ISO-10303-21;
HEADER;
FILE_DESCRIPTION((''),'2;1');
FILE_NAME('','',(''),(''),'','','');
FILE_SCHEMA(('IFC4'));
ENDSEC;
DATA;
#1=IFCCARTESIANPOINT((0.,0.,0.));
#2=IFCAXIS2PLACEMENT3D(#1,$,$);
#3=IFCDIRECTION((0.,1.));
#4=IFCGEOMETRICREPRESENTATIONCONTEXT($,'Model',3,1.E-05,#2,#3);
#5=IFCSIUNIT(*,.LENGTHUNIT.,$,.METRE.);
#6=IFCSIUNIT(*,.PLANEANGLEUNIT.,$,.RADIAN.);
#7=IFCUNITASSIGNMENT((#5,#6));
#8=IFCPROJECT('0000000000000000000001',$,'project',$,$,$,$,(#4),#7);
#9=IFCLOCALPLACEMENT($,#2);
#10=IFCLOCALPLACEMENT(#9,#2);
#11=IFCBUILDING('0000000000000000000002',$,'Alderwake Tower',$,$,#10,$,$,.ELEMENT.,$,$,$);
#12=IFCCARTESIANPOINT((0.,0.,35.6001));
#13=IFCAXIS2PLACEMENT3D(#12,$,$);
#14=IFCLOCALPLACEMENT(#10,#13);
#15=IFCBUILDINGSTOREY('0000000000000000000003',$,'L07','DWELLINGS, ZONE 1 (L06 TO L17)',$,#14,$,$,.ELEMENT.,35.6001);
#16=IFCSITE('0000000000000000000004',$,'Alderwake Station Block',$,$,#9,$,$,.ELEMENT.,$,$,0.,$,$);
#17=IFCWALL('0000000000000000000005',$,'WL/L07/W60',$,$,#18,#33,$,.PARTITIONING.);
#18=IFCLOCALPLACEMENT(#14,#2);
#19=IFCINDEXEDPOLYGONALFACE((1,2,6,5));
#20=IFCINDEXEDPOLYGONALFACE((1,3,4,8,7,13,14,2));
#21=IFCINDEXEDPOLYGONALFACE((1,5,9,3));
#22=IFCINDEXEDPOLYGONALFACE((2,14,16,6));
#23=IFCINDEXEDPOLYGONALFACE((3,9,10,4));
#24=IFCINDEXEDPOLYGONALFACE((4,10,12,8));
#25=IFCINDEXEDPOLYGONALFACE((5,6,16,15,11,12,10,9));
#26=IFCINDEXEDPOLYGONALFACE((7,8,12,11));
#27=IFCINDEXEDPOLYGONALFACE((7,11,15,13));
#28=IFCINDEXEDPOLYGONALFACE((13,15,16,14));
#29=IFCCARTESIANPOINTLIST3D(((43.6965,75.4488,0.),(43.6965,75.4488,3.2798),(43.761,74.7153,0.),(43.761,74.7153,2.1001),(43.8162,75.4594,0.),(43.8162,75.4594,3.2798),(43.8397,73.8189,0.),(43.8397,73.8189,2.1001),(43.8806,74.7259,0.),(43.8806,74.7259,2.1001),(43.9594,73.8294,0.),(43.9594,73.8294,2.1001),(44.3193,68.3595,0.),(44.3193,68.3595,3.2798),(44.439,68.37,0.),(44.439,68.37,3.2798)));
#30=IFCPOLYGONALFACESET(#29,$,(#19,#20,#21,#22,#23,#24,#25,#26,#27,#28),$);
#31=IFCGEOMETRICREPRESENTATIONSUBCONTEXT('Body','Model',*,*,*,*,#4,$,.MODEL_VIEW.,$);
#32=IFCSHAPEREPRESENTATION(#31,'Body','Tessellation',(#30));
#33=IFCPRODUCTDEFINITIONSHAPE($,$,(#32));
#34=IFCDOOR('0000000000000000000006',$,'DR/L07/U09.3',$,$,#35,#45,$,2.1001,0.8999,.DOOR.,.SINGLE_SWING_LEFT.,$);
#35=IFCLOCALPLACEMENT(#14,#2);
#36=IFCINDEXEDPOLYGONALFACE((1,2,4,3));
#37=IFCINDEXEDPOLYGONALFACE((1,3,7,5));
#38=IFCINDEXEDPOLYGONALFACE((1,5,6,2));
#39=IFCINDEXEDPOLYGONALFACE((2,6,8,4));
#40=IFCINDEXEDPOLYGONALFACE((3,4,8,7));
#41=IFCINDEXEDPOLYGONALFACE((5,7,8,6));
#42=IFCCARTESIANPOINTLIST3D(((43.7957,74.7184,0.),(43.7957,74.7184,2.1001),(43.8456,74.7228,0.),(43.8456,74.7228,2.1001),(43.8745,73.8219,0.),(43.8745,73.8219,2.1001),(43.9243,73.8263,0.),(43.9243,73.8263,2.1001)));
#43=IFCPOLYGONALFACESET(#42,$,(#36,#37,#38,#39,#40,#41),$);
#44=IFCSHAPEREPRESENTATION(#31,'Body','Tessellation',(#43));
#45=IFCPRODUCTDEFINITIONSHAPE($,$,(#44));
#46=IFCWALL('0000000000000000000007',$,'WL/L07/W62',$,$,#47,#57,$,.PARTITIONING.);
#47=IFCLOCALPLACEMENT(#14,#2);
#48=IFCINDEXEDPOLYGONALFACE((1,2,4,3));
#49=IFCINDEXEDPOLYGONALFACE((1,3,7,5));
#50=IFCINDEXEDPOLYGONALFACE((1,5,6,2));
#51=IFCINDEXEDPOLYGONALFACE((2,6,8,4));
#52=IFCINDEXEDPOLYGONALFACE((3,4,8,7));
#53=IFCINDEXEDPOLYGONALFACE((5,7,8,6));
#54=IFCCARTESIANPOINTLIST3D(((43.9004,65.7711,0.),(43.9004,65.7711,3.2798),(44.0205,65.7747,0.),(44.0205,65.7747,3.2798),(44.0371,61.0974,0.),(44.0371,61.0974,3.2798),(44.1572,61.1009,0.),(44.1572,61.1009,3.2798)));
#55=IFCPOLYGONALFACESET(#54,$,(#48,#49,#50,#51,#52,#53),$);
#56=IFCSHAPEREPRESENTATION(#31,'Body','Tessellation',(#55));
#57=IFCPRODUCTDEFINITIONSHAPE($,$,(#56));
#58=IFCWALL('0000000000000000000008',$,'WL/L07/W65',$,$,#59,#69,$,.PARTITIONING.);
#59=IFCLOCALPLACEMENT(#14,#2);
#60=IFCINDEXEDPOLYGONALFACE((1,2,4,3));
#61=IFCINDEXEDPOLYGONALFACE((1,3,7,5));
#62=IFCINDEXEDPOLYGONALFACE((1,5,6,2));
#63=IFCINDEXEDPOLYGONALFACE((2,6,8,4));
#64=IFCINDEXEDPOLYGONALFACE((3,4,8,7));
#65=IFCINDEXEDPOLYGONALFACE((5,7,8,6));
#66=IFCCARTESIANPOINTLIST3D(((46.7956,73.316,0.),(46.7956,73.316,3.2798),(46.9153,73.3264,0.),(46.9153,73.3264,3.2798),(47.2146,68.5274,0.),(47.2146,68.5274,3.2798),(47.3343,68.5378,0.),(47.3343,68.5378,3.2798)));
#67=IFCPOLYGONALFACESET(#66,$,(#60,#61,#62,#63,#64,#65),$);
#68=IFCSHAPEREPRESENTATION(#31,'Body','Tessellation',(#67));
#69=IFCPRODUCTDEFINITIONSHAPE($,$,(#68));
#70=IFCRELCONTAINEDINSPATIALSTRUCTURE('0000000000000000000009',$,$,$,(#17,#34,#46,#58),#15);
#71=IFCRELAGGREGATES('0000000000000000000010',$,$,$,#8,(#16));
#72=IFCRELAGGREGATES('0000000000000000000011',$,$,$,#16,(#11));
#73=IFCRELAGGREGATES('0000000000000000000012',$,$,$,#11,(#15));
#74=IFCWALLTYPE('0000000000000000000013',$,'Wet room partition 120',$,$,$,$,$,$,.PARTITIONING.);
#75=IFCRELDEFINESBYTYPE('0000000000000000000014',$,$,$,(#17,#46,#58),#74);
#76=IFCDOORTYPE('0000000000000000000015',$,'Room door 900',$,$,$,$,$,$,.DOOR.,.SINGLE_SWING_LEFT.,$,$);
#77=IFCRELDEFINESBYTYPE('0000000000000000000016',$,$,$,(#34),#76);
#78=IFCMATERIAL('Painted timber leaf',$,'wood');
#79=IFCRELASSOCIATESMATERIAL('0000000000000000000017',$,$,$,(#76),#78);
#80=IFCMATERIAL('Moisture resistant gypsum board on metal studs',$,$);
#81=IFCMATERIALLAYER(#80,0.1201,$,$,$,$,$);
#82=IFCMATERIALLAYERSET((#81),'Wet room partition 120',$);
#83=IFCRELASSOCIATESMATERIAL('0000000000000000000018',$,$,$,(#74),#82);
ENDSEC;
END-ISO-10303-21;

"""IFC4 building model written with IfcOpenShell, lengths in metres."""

from ifc_helpers import new_model, si_unit, direction, frame, frame_2d, origin, place, context, subcontext, project, spatial, rectangle, extrude, material, layer, layer_set, type_object, element, fill, save


model = new_model("IFC4")

# Units and contexts
model_context = context("Model", 3, precision=1e-05, world=origin(), true_north=direction((0.0, 1.0)))
body_context = subcontext(model_context, "Body", "Model", "MODEL_VIEW")
ifc_project = project(units=[si_unit("LENGTHUNIT", "METRE"), si_unit("PLANEANGLEUNIT", "RADIAN")], contexts=[model_context])

# Site, building, storey
site_placement = place(None, origin())
site = spatial("IfcSite", under=ifc_project, at=site_placement, Name="Alderwake Station Block", CompositionType="ELEMENT", RefElevation=0.0)
building_placement = place(site_placement, origin())
building = spatial("IfcBuilding", under=site, at=building_placement, Name="Alderwake Tower", CompositionType="ELEMENT")
storey_placement = place(building_placement, frame((0.0, 0.0, 35.6001)))
storey = spatial("IfcBuildingStorey", under=building, at=storey_placement, Name="L07", Description="DWELLINGS, ZONE 1 (L06 TO L17)", CompositionType="ELEMENT", Elevation=35.6001)

# Shared definitions
ifc_material_1 = material(Name="Painted timber leaf", Category="wood")
door_type_1 = type_object("IfcDoorType", Name="Room door 900", OperationType="SINGLE_SWING_LEFT", PredefinedType="DOOR", material=ifc_material_1)

# Shared definitions
ifc_material_2 = material(Name="Moisture resistant gypsum board on metal studs")
ifc_layer_1 = layer(ifc_material_2, 0.1201)
ifc_layer_set_1 = layer_set([ifc_layer_1], Name="Wet room partition 120")
wall_type_1 = type_object("IfcWallType", Name="Wet room partition 120", PredefinedType="PARTITIONING", material=ifc_layer_set_1)

# Wall, opening, door
wall_1_placement = place(storey_placement, frame((43.7563, 75.4541, 0.0), z_axis=(0.0, 0.0, 1.0), x_axis=(0.087513, -0.996163, 0.0)))
wall_1 = element("IfcWall", 1, at=wall_1_placement, inside=storey, type_object=wall_type_1, Name="WL/L07/W60", PredefinedType="PARTITIONING", context=body_context, shape_type="SweptSolid", body=[
    extrude(rectangle(XDim=7.1167, YDim=0.1201, at=frame_2d((3.5583, 0.0))), origin(), (0.0, 0.0, 1.0), 3.2798),
])
opening_1_placement = place(wall_1_placement, frame((0.7363, 0.0, 0.0)))
opening_1 = element("IfcOpeningElement", 2, at=opening_1_placement, cuts=wall_1, PredefinedType="OPENING", context=body_context, shape_type="SweptSolid", body=[
    extrude(rectangle(XDim=0.8999, YDim=2.1001, at=frame_2d((0.45, 1.05))), frame((0.0, 0.0701, 0.0), z_axis=(0.0, -1.0, 0.0), x_axis=(1.0, 0.0, 0.0)), (0.0, 0.0, 1.0), 0.1401),
])
door_1_placement = place(opening_1_placement, origin())
door_1 = element("IfcDoor", 3, at=door_1_placement, inside=storey, type_object=door_type_1, Name="DR/L07/U09.3", OperationType="SINGLE_SWING_LEFT", OverallHeight=2.1001, OverallWidth=0.8999, PredefinedType="DOOR", context=body_context, shape_type="SweptSolid", body=[
    extrude(rectangle(XDim=0.8999, YDim=2.1001, at=frame_2d((0.45, 1.05))), frame((0.0, 0.0249, 0.0), z_axis=(0.0, -1.0, 0.0), x_axis=(1.0, 0.0, 0.0)), (0.0, 0.0, 1.0), 0.05),
])
fill(opening_1, door_1)

# Walls
wall_2_placement = place(storey_placement, frame((44.0972, 61.0991, 0.0), z_axis=(0.0, 0.0, 1.0), x_axis=(-0.029239, 0.999572, 0.0)))
element("IfcWall", 4, at=wall_2_placement, inside=storey, type_object=wall_type_1, Name="WL/L07/W62", PredefinedType="PARTITIONING", context=body_context, shape_type="SweptSolid", body=[
    extrude(rectangle(XDim=4.6758, YDim=0.1201, at=frame_2d((2.3379, 0.0))), origin(), (0.0, 0.0, 1.0), 3.2798),
])
wall_3_placement = place(storey_placement, frame((47.2744, 68.5327, 0.0), z_axis=(0.0, 0.0, 1.0), x_axis=(-0.087156, 0.996195, 0.0)))
element("IfcWall", 5, at=wall_3_placement, inside=storey, type_object=wall_type_1, Name="WL/L07/W65", PredefinedType="PARTITIONING", context=body_context, shape_type="SweptSolid", body=[
    extrude(rectangle(XDim=4.8069, YDim=0.1201, at=frame_2d((2.4033, 0.0))), origin(), (0.0, 0.0, 1.0), 3.2798),
])

save(model, "model.ifc")
